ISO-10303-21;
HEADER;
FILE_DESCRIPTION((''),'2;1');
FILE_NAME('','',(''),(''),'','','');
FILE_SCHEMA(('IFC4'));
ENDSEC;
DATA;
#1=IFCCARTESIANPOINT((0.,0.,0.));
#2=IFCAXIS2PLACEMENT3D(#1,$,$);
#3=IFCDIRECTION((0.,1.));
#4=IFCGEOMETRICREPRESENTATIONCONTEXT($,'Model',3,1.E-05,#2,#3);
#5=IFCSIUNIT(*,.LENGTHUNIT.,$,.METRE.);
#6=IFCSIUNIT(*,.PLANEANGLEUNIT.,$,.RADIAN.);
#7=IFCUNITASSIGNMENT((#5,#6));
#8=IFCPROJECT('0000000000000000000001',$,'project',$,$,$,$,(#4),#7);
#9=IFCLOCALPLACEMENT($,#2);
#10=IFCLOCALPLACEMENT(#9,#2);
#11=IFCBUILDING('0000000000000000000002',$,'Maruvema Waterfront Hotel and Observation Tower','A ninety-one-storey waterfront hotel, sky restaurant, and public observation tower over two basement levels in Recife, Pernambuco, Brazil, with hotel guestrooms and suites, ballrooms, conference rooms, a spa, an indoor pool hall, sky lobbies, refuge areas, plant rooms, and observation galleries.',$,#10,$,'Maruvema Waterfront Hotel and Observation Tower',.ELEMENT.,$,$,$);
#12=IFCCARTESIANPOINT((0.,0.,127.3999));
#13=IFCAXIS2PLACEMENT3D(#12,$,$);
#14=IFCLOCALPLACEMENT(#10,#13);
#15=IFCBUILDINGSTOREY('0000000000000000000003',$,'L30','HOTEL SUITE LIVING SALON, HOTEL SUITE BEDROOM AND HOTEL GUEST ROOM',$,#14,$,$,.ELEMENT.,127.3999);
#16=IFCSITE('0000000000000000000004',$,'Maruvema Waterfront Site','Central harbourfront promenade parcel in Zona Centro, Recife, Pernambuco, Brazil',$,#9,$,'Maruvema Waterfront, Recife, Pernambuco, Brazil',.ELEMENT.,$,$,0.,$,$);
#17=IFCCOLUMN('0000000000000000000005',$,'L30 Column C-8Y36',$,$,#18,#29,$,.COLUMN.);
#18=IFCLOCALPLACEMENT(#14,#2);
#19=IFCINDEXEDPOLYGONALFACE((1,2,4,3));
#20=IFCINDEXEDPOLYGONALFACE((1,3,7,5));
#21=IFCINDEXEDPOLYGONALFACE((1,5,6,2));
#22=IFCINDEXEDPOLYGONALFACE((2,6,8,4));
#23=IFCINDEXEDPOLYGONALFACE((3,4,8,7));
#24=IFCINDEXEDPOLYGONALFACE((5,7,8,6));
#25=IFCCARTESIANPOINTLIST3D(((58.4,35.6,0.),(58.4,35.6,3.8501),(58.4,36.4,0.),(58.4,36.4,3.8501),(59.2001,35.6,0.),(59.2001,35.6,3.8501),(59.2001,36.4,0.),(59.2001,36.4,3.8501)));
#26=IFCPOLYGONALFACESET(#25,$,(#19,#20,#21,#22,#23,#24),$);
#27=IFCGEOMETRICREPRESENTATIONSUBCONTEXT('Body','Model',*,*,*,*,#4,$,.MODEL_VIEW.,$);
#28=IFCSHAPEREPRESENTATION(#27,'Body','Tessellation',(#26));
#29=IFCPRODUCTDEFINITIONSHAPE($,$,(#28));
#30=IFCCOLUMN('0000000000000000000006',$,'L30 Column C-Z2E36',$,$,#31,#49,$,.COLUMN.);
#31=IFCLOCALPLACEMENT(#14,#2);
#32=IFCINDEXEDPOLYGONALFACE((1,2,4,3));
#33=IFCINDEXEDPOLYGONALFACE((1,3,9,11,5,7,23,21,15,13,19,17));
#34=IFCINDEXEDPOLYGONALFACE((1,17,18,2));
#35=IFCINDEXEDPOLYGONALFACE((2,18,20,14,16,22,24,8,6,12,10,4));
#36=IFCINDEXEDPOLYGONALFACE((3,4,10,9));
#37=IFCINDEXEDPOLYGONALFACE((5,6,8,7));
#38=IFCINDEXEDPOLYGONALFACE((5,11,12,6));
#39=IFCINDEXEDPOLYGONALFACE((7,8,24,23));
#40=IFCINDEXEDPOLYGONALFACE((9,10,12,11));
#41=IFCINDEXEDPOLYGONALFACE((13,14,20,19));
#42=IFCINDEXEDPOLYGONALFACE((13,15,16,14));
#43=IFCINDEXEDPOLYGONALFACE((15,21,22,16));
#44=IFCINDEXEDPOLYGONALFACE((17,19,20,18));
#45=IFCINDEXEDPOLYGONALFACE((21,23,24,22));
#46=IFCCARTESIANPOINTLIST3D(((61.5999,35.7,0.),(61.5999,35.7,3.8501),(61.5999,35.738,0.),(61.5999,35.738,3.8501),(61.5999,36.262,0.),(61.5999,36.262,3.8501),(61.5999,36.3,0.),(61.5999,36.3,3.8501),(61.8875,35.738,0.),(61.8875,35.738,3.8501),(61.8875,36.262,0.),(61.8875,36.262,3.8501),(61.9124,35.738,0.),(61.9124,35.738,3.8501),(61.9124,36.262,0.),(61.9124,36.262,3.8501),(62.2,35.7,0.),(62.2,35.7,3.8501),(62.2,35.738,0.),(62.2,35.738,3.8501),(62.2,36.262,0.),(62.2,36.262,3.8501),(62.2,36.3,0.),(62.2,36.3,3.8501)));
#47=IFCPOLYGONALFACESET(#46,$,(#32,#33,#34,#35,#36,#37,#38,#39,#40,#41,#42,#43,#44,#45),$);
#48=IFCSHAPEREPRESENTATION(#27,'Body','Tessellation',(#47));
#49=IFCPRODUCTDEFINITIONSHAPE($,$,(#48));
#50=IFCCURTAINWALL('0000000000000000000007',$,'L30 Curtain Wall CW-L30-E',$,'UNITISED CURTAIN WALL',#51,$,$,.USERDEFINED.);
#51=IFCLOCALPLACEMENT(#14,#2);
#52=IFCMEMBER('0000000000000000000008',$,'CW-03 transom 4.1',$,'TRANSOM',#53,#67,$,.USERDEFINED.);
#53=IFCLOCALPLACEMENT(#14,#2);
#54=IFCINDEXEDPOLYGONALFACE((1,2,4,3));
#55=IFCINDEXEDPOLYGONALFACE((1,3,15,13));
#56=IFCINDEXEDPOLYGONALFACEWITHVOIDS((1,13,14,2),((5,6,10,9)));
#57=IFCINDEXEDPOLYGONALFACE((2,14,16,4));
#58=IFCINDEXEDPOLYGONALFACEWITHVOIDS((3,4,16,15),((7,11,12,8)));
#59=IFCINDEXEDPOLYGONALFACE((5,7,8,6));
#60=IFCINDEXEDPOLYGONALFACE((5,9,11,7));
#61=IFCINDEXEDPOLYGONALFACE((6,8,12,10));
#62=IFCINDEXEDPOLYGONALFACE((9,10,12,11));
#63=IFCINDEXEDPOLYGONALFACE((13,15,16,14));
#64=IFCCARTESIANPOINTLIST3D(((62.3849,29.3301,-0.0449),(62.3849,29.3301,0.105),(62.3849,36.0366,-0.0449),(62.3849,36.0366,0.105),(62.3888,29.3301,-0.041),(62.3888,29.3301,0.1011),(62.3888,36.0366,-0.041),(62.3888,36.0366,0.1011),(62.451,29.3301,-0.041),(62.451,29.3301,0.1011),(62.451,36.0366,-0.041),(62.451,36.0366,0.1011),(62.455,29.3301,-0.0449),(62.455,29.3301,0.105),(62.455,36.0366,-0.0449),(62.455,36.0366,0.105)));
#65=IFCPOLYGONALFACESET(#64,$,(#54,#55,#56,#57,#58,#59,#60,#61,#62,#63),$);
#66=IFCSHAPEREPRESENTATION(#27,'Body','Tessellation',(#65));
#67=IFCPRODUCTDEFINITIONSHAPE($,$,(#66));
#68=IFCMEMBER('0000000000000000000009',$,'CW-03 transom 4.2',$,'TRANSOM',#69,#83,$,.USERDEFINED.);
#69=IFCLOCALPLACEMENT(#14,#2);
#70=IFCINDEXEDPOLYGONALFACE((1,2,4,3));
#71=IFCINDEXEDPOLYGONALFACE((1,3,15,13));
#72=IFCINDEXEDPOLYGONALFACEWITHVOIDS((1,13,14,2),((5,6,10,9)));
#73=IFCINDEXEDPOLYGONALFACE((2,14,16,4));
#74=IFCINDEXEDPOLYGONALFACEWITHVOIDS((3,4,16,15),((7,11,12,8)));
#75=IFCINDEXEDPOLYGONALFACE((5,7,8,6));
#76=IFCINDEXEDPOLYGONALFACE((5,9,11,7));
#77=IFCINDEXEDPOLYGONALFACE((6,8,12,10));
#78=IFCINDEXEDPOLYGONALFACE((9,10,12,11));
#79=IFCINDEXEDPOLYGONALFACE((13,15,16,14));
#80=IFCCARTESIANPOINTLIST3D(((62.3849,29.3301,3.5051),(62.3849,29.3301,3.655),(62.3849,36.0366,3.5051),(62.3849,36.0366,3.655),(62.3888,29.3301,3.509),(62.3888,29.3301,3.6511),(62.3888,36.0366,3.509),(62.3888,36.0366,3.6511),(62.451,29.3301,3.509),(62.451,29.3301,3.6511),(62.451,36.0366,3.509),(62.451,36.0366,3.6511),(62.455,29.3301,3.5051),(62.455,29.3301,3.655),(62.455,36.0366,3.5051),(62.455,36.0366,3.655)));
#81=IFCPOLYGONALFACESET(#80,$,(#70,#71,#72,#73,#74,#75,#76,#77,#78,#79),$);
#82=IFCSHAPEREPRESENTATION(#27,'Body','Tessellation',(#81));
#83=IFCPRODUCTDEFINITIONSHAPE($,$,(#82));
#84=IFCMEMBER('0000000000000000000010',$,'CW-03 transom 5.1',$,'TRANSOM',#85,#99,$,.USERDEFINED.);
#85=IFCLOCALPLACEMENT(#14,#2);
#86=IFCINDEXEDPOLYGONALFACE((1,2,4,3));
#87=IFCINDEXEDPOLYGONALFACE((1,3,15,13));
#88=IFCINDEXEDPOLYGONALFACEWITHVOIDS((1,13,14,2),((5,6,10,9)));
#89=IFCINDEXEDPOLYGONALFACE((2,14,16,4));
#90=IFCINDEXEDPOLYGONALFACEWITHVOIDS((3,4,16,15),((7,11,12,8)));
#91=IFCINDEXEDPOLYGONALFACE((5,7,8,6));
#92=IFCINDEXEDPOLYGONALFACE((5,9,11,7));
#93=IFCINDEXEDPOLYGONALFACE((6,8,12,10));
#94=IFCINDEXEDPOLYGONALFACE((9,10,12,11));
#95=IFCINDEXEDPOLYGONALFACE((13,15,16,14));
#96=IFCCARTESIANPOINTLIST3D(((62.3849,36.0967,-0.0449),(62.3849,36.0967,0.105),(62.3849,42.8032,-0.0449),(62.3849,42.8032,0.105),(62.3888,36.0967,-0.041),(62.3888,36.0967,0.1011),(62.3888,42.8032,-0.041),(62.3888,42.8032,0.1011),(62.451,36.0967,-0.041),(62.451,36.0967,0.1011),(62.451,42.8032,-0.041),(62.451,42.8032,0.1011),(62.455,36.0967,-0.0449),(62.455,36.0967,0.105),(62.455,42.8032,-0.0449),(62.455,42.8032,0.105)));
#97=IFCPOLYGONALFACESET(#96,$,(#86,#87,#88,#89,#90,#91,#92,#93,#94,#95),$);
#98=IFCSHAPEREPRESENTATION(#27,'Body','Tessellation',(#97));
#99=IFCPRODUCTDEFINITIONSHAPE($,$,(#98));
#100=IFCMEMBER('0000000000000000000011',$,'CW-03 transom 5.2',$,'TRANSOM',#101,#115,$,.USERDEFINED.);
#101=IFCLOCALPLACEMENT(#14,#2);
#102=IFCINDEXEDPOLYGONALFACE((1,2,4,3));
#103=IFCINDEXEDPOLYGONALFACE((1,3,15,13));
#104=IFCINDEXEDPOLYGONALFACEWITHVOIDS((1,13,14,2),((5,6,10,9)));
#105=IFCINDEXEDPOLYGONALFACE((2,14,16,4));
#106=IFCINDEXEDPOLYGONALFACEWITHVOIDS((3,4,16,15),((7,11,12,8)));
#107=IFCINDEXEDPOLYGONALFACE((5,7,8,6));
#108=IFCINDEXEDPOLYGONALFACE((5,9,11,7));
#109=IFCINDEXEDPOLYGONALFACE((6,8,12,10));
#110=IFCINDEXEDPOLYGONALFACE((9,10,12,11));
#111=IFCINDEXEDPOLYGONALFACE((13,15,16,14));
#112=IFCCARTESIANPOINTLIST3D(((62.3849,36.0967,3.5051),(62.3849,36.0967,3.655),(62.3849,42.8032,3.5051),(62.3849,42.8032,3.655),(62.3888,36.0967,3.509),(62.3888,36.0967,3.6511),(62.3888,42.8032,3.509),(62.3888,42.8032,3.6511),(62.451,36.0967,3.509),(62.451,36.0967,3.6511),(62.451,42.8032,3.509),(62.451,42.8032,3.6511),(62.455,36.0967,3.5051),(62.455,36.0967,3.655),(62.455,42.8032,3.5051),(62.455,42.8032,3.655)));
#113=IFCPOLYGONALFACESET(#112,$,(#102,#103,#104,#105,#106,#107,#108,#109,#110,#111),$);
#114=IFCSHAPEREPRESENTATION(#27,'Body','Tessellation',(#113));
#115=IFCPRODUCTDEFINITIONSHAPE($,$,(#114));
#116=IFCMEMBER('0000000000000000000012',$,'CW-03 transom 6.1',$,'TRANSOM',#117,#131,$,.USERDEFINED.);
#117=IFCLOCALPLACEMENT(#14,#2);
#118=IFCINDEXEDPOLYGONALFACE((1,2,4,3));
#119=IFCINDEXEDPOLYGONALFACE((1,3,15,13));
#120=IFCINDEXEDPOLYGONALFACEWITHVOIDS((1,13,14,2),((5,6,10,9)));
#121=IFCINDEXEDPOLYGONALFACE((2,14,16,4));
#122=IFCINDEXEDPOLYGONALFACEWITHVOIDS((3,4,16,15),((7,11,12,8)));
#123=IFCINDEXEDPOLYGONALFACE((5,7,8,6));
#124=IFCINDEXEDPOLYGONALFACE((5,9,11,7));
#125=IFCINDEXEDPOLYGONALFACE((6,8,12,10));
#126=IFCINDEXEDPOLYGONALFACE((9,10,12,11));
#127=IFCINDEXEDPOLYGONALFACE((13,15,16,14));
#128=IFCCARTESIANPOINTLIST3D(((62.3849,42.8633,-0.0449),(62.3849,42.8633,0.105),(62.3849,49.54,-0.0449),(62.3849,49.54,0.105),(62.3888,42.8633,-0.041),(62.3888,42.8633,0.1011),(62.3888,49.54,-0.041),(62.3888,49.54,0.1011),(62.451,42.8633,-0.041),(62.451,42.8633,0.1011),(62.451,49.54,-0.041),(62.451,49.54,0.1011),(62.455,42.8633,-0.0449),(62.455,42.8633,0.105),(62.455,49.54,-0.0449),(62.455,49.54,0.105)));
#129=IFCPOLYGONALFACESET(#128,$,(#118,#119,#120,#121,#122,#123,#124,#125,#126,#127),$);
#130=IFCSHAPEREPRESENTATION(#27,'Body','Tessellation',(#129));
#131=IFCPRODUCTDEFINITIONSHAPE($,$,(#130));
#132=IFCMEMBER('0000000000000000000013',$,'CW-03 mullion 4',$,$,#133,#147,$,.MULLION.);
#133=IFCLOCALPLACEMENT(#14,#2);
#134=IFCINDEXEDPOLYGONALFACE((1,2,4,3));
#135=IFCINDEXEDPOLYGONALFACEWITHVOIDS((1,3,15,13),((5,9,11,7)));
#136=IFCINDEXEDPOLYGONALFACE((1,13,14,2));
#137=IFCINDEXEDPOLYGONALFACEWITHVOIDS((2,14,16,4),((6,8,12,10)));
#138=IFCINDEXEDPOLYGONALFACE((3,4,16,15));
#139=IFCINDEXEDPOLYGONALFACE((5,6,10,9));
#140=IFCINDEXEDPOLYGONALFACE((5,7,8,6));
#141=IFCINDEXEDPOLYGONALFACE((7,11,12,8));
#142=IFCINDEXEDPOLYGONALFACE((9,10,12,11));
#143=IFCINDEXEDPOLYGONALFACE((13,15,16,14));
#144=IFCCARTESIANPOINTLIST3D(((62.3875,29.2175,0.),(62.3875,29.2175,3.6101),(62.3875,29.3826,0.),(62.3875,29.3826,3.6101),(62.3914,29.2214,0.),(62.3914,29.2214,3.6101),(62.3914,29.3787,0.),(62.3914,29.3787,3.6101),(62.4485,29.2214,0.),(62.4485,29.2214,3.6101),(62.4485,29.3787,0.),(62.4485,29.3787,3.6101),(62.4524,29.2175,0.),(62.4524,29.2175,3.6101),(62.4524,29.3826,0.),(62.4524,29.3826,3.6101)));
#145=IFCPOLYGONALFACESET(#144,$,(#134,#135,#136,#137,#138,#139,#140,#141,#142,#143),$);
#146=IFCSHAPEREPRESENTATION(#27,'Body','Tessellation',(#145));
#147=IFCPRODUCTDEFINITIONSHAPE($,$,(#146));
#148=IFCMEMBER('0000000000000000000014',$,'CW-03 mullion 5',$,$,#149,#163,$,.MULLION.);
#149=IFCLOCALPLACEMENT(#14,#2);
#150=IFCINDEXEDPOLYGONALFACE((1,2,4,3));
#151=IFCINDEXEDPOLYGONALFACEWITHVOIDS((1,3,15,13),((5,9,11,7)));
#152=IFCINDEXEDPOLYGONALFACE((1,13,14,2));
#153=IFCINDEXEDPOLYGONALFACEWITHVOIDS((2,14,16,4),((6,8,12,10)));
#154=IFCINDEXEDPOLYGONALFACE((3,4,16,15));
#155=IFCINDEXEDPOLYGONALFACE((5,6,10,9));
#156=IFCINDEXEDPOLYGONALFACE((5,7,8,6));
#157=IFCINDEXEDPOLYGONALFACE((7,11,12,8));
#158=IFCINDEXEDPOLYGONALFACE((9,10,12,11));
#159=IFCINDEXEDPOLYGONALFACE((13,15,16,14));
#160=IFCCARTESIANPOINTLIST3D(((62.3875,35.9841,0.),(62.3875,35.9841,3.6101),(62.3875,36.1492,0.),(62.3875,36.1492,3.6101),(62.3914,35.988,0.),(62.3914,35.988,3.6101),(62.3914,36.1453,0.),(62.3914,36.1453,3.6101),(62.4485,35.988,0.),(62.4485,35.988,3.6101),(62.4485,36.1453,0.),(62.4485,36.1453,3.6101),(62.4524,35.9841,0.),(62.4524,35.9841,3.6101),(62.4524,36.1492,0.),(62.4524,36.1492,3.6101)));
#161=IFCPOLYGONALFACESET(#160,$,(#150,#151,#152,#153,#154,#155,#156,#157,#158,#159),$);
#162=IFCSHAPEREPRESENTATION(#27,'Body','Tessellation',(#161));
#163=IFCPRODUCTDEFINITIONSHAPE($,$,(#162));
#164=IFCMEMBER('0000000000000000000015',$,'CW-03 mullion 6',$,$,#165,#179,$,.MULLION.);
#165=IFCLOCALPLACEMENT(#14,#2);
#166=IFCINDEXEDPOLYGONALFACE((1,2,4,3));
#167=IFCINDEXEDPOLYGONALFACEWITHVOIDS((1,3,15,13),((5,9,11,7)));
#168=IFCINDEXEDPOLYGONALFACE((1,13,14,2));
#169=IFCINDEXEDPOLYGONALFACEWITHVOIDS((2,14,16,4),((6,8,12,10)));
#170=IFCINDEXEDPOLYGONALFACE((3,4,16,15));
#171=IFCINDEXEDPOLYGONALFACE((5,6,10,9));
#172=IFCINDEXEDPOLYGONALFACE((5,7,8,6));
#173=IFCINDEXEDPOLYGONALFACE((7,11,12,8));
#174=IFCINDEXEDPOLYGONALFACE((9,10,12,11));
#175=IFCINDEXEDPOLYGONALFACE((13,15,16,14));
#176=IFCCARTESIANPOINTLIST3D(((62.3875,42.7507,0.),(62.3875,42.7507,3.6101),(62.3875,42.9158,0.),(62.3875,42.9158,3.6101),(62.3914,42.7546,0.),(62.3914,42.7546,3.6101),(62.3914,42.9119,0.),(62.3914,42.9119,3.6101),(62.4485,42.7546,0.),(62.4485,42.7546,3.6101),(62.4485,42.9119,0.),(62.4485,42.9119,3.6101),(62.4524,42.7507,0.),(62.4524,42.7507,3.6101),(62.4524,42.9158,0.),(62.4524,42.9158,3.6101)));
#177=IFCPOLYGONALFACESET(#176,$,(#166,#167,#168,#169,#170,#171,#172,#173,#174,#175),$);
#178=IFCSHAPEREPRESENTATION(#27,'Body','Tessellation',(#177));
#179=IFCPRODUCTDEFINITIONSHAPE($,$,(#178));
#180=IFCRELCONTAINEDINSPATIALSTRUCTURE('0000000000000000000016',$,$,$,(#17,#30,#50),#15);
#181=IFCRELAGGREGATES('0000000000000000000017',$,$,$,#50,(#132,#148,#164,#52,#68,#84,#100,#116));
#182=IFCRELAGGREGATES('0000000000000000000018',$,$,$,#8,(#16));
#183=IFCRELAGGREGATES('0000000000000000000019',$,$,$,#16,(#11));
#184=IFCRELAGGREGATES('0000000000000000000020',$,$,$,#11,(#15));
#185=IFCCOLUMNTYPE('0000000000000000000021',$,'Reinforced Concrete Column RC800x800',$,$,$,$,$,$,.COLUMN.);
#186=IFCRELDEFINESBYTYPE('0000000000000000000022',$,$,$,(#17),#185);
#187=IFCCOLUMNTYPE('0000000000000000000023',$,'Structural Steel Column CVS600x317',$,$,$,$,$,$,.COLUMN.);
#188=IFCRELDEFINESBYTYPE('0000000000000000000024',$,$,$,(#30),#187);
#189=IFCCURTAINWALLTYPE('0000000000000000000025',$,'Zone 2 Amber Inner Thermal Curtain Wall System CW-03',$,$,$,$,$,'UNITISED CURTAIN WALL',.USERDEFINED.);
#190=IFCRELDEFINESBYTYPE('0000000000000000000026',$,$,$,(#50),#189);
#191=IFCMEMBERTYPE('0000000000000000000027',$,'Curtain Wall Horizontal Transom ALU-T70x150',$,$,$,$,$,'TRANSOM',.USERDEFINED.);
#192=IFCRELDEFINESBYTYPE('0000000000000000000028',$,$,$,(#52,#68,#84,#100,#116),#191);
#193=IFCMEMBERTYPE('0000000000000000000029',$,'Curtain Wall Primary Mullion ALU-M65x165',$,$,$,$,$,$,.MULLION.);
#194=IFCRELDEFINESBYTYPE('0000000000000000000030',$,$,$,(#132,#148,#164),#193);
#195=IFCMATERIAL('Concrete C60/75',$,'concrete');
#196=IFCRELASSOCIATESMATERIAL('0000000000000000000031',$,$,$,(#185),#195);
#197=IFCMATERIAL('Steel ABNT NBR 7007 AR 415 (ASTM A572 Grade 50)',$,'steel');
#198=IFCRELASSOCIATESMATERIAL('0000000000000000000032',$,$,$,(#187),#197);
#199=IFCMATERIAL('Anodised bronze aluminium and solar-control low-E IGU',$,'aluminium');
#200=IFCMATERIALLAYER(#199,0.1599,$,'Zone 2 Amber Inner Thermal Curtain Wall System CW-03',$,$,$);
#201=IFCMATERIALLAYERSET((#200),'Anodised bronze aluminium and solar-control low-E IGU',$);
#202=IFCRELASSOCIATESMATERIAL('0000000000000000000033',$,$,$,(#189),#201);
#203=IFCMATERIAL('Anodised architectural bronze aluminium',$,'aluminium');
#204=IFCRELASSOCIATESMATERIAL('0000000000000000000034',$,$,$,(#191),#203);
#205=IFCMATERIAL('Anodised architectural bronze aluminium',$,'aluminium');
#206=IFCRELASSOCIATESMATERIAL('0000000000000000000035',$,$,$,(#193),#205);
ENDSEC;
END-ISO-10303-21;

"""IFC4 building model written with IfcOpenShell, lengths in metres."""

from ifc_helpers import new_model, si_unit, direction, frame, origin, origin_2d, place, context, subcontext, project, spatial, rectangle, hollow_rectangle, i_section, extrude, material, layer, layer_set, material_profile, profile_set, type_object, element, aggregate, save


model = new_model("IFC4")

# Units and contexts
model_context = context("Model", 3, precision=1e-05, world=origin(), true_north=direction((0.0, 1.0)))
body_context = subcontext(model_context, "Body", "Model", "MODEL_VIEW")
ifc_project = project(units=[si_unit("LENGTHUNIT", "METRE"), si_unit("PLANEANGLEUNIT", "RADIAN")], contexts=[model_context])

# Site, building, storey
site_placement = place(None, origin())
site = spatial("IfcSite", under=ifc_project, at=site_placement, Name="Maruvema Waterfront Site", Description="Central harbourfront promenade parcel in Zona Centro, Recife, Pernambuco, Brazil", LongName="Maruvema Waterfront, Recife, Pernambuco, Brazil", CompositionType="ELEMENT", RefElevation=0.0)
building_placement = place(site_placement, origin())
building = spatial("IfcBuilding", under=site, at=building_placement, Name="Maruvema Waterfront Hotel and Observation Tower", Description="A ninety-one-storey waterfront hotel, sky restaurant, and public observation tower over two basement levels in Recife, Pernambuco, Brazil, with hotel guestrooms and suites, ballrooms, conference rooms, a spa, an indoor pool hall, sky lobbies, refuge areas, plant rooms, and observation galleries.", LongName="Maruvema Waterfront Hotel and Observation Tower", CompositionType="ELEMENT")
storey_placement = place(building_placement, frame((0.0, 0.0, 127.3999)))
storey = spatial("IfcBuildingStorey", under=building, at=storey_placement, Name="L30", Description="HOTEL SUITE LIVING SALON, HOTEL SUITE BEDROOM AND HOTEL GUEST ROOM", CompositionType="ELEMENT", Elevation=127.3999)

# Columns
ifc_material_1 = material(Name="Concrete C60/75", Category="concrete")
ifc_material_profile_1 = material_profile(ifc_material_1, rectangle(XDim=0.8, YDim=0.8, at=origin_2d()), Name="RC800x800")
ifc_profile_set_1 = profile_set([ifc_material_profile_1], Name="Concrete C60/75")
column_type_1 = type_object("IfcColumnType", Name="Reinforced Concrete Column RC800x800", PredefinedType="COLUMN", material=ifc_profile_set_1)
column_1_placement = place(storey_placement, frame((58.8, 36.0, 0.0), z_axis=(0.0, 0.0, 1.0), x_axis=(1.0, 0.0, 0.0)))
element("IfcColumn", 1, at=column_1_placement, inside=storey, type_object=column_type_1, Name="L30 Column C-8Y36", PredefinedType="COLUMN", context=body_context, shape_type="SweptSolid", body=[
    extrude(rectangle(XDim=0.8, YDim=0.8, at=origin_2d()), origin(), (0.0, 0.0, 1.0), 3.8501),
])
ifc_material_2 = material(Name="Steel ABNT NBR 7007 AR 415 (ASTM A572 Grade 50)", Category="steel")
ifc_material_profile_2 = material_profile(ifc_material_2, i_section(OverallWidth=0.6001, OverallDepth=0.6001, WebThickness=0.0249, FlangeThickness=0.0381, at=origin_2d()), Name="CVS600x317")
ifc_profile_set_2 = profile_set([ifc_material_profile_2], Name="Steel ABNT NBR 7007 AR 415 (ASTM A572 Grade 50)")
column_type_2 = type_object("IfcColumnType", Name="Structural Steel Column CVS600x317", PredefinedType="COLUMN", material=ifc_profile_set_2)
column_2_placement = place(storey_placement, frame((61.8999, 36.0, 0.0), z_axis=(0.0, 0.0, 1.0), x_axis=(1.0, 0.0, 0.0)))
element("IfcColumn", 2, at=column_2_placement, inside=storey, type_object=column_type_2, Name="L30 Column C-Z2E36", PredefinedType="COLUMN", context=body_context, shape_type="SweptSolid", body=[
    extrude(i_section(OverallWidth=0.6001, OverallDepth=0.6001, WebThickness=0.0249, FlangeThickness=0.0381, at=origin_2d()), origin(), (0.0, 0.0, 1.0), 3.8501),
])

# Curtain wall, members
ifc_material_3 = material(Name="Anodised bronze aluminium and solar-control low-E IGU", Category="aluminium")
ifc_layer_1 = layer(ifc_material_3, 0.1599, Name="Zone 2 Amber Inner Thermal Curtain Wall System CW-03")
ifc_layer_set_1 = layer_set([ifc_layer_1], Name="Anodised bronze aluminium and solar-control low-E IGU")
curtain_wall_type = type_object("IfcCurtainWallType", Name="Zone 2 Amber Inner Thermal Curtain Wall System CW-03", ElementType="UNITISED CURTAIN WALL", PredefinedType="USERDEFINED", material=ifc_layer_set_1)
curtain_wall_placement = place(storey_placement, origin())
curtain_wall = element("IfcCurtainWall", 3, at=curtain_wall_placement, inside=storey, type_object=curtain_wall_type, Name="L30 Curtain Wall CW-L30-E", ObjectType="UNITISED CURTAIN WALL", PredefinedType="USERDEFINED")
ifc_material_4 = material(Name="Anodised architectural bronze aluminium", Category="aluminium")
ifc_material_profile_3 = material_profile(ifc_material_4, hollow_rectangle(XDim=0.0701, YDim=0.1499, WallThickness=0.0039, at=origin_2d()), Name="ALU-T70x150")
ifc_profile_set_3 = profile_set([ifc_material_profile_3], Name="Anodised architectural bronze aluminium")
member_type_1 = type_object("IfcMemberType", Name="Curtain Wall Horizontal Transom ALU-T70x150", ElementType="TRANSOM", PredefinedType="USERDEFINED", material=ifc_profile_set_3)
member_1_placement = place(storey_placement, frame((62.4199, 29.3301, 0.03), z_axis=(0.0, 1.0, 0.0), x_axis=(-1.0, 0.0, 0.0)))
member_1 = element("IfcMember", 4, at=member_1_placement, type_object=member_type_1, Name="CW-03 transom 4.1", ObjectType="TRANSOM", PredefinedType="USERDEFINED", context=body_context, shape_type="SweptSolid", body=[
    extrude(hollow_rectangle(XDim=0.0701, YDim=0.1499, WallThickness=0.0039, at=origin_2d()), origin(), (0.0, 0.0, 1.0), 6.7065),
])
member_2_placement = place(storey_placement, frame((62.4199, 29.3301, 3.5801), z_axis=(0.0, 1.0, 0.0), x_axis=(-1.0, 0.0, 0.0)))
member_2 = element("IfcMember", 5, at=member_2_placement, type_object=member_type_1, Name="CW-03 transom 4.2", ObjectType="TRANSOM", PredefinedType="USERDEFINED", context=body_context, shape_type="SweptSolid", body=[
    extrude(hollow_rectangle(XDim=0.0701, YDim=0.1499, WallThickness=0.0039, at=origin_2d()), origin(), (0.0, 0.0, 1.0), 6.7065),
])
member_3_placement = place(storey_placement, frame((62.4199, 36.0967, 0.03), z_axis=(0.0, 1.0, 0.0), x_axis=(-1.0, 0.0, 0.0)))
member_3 = element("IfcMember", 6, at=member_3_placement, type_object=member_type_1, Name="CW-03 transom 5.1", ObjectType="TRANSOM", PredefinedType="USERDEFINED", context=body_context, shape_type="SweptSolid", body=[
    extrude(hollow_rectangle(XDim=0.0701, YDim=0.1499, WallThickness=0.0039, at=origin_2d()), origin(), (0.0, 0.0, 1.0), 6.7065),
])
member_4_placement = place(storey_placement, frame((62.4199, 36.0967, 3.5801), z_axis=(0.0, 1.0, 0.0), x_axis=(-1.0, 0.0, 0.0)))
member_4 = element("IfcMember", 7, at=member_4_placement, type_object=member_type_1, Name="CW-03 transom 5.2", ObjectType="TRANSOM", PredefinedType="USERDEFINED", context=body_context, shape_type="SweptSolid", body=[
    extrude(hollow_rectangle(XDim=0.0701, YDim=0.1499, WallThickness=0.0039, at=origin_2d()), origin(), (0.0, 0.0, 1.0), 6.7065),
])
member_5_placement = place(storey_placement, frame((62.4199, 42.8633, 0.03), z_axis=(0.0, 1.0, 0.0), x_axis=(-1.0, 0.0, 0.0)))
member_5 = element("IfcMember", 8, at=member_5_placement, type_object=member_type_1, Name="CW-03 transom 6.1", ObjectType="TRANSOM", PredefinedType="USERDEFINED", context=body_context, shape_type="SweptSolid", body=[
    extrude(hollow_rectangle(XDim=0.0701, YDim=0.1499, WallThickness=0.0039, at=origin_2d()), origin(), (0.0, 0.0, 1.0), 6.6768),
])
ifc_material_5 = material(Name="Anodised architectural bronze aluminium", Category="aluminium")
ifc_material_profile_4 = material_profile(ifc_material_5, hollow_rectangle(XDim=0.0649, YDim=0.165, WallThickness=0.0039, at=origin_2d()), Name="ALU-M65x165")
ifc_profile_set_4 = profile_set([ifc_material_profile_4], Name="Anodised architectural bronze aluminium")
member_type_2 = type_object("IfcMemberType", Name="Curtain Wall Primary Mullion ALU-M65x165", PredefinedType="MULLION", material=ifc_profile_set_4)
member_6_placement = place(storey_placement, frame((62.4199, 29.3, 0.0), z_axis=(0.0, 0.0, 1.0), x_axis=(-1.0, 0.0, 0.0)))
member_6 = element("IfcMember", 9, at=member_6_placement, type_object=member_type_2, Name="CW-03 mullion 4", PredefinedType="MULLION", context=body_context, shape_type="SweptSolid", body=[
    extrude(hollow_rectangle(XDim=0.0649, YDim=0.165, WallThickness=0.0039, at=origin_2d()), origin(), (0.0, 0.0, 1.0), 3.6101),
])
member_7_placement = place(storey_placement, frame((62.4199, 36.0667, 0.0), z_axis=(0.0, 0.0, 1.0), x_axis=(-1.0, 0.0, 0.0)))
member_7 = element("IfcMember", 10, at=member_7_placement, type_object=member_type_2, Name="CW-03 mullion 5", PredefinedType="MULLION", context=body_context, shape_type="SweptSolid", body=[
    extrude(hollow_rectangle(XDim=0.0649, YDim=0.165, WallThickness=0.0039, at=origin_2d()), origin(), (0.0, 0.0, 1.0), 3.6101),
])
member_8_placement = place(storey_placement, frame((62.4199, 42.8333, 0.0), z_axis=(0.0, 0.0, 1.0), x_axis=(-1.0, 0.0, 0.0)))
member_8 = element("IfcMember", 11, at=member_8_placement, type_object=member_type_2, Name="CW-03 mullion 6", PredefinedType="MULLION", context=body_context, shape_type="SweptSolid", body=[
    extrude(hollow_rectangle(XDim=0.0649, YDim=0.165, WallThickness=0.0039, at=origin_2d()), origin(), (0.0, 0.0, 1.0), 3.6101),
])

aggregate(curtain_wall, [member_6, member_7, member_8, member_1, member_2, member_3, member_4, member_5])

save(model, "model.ifc")
